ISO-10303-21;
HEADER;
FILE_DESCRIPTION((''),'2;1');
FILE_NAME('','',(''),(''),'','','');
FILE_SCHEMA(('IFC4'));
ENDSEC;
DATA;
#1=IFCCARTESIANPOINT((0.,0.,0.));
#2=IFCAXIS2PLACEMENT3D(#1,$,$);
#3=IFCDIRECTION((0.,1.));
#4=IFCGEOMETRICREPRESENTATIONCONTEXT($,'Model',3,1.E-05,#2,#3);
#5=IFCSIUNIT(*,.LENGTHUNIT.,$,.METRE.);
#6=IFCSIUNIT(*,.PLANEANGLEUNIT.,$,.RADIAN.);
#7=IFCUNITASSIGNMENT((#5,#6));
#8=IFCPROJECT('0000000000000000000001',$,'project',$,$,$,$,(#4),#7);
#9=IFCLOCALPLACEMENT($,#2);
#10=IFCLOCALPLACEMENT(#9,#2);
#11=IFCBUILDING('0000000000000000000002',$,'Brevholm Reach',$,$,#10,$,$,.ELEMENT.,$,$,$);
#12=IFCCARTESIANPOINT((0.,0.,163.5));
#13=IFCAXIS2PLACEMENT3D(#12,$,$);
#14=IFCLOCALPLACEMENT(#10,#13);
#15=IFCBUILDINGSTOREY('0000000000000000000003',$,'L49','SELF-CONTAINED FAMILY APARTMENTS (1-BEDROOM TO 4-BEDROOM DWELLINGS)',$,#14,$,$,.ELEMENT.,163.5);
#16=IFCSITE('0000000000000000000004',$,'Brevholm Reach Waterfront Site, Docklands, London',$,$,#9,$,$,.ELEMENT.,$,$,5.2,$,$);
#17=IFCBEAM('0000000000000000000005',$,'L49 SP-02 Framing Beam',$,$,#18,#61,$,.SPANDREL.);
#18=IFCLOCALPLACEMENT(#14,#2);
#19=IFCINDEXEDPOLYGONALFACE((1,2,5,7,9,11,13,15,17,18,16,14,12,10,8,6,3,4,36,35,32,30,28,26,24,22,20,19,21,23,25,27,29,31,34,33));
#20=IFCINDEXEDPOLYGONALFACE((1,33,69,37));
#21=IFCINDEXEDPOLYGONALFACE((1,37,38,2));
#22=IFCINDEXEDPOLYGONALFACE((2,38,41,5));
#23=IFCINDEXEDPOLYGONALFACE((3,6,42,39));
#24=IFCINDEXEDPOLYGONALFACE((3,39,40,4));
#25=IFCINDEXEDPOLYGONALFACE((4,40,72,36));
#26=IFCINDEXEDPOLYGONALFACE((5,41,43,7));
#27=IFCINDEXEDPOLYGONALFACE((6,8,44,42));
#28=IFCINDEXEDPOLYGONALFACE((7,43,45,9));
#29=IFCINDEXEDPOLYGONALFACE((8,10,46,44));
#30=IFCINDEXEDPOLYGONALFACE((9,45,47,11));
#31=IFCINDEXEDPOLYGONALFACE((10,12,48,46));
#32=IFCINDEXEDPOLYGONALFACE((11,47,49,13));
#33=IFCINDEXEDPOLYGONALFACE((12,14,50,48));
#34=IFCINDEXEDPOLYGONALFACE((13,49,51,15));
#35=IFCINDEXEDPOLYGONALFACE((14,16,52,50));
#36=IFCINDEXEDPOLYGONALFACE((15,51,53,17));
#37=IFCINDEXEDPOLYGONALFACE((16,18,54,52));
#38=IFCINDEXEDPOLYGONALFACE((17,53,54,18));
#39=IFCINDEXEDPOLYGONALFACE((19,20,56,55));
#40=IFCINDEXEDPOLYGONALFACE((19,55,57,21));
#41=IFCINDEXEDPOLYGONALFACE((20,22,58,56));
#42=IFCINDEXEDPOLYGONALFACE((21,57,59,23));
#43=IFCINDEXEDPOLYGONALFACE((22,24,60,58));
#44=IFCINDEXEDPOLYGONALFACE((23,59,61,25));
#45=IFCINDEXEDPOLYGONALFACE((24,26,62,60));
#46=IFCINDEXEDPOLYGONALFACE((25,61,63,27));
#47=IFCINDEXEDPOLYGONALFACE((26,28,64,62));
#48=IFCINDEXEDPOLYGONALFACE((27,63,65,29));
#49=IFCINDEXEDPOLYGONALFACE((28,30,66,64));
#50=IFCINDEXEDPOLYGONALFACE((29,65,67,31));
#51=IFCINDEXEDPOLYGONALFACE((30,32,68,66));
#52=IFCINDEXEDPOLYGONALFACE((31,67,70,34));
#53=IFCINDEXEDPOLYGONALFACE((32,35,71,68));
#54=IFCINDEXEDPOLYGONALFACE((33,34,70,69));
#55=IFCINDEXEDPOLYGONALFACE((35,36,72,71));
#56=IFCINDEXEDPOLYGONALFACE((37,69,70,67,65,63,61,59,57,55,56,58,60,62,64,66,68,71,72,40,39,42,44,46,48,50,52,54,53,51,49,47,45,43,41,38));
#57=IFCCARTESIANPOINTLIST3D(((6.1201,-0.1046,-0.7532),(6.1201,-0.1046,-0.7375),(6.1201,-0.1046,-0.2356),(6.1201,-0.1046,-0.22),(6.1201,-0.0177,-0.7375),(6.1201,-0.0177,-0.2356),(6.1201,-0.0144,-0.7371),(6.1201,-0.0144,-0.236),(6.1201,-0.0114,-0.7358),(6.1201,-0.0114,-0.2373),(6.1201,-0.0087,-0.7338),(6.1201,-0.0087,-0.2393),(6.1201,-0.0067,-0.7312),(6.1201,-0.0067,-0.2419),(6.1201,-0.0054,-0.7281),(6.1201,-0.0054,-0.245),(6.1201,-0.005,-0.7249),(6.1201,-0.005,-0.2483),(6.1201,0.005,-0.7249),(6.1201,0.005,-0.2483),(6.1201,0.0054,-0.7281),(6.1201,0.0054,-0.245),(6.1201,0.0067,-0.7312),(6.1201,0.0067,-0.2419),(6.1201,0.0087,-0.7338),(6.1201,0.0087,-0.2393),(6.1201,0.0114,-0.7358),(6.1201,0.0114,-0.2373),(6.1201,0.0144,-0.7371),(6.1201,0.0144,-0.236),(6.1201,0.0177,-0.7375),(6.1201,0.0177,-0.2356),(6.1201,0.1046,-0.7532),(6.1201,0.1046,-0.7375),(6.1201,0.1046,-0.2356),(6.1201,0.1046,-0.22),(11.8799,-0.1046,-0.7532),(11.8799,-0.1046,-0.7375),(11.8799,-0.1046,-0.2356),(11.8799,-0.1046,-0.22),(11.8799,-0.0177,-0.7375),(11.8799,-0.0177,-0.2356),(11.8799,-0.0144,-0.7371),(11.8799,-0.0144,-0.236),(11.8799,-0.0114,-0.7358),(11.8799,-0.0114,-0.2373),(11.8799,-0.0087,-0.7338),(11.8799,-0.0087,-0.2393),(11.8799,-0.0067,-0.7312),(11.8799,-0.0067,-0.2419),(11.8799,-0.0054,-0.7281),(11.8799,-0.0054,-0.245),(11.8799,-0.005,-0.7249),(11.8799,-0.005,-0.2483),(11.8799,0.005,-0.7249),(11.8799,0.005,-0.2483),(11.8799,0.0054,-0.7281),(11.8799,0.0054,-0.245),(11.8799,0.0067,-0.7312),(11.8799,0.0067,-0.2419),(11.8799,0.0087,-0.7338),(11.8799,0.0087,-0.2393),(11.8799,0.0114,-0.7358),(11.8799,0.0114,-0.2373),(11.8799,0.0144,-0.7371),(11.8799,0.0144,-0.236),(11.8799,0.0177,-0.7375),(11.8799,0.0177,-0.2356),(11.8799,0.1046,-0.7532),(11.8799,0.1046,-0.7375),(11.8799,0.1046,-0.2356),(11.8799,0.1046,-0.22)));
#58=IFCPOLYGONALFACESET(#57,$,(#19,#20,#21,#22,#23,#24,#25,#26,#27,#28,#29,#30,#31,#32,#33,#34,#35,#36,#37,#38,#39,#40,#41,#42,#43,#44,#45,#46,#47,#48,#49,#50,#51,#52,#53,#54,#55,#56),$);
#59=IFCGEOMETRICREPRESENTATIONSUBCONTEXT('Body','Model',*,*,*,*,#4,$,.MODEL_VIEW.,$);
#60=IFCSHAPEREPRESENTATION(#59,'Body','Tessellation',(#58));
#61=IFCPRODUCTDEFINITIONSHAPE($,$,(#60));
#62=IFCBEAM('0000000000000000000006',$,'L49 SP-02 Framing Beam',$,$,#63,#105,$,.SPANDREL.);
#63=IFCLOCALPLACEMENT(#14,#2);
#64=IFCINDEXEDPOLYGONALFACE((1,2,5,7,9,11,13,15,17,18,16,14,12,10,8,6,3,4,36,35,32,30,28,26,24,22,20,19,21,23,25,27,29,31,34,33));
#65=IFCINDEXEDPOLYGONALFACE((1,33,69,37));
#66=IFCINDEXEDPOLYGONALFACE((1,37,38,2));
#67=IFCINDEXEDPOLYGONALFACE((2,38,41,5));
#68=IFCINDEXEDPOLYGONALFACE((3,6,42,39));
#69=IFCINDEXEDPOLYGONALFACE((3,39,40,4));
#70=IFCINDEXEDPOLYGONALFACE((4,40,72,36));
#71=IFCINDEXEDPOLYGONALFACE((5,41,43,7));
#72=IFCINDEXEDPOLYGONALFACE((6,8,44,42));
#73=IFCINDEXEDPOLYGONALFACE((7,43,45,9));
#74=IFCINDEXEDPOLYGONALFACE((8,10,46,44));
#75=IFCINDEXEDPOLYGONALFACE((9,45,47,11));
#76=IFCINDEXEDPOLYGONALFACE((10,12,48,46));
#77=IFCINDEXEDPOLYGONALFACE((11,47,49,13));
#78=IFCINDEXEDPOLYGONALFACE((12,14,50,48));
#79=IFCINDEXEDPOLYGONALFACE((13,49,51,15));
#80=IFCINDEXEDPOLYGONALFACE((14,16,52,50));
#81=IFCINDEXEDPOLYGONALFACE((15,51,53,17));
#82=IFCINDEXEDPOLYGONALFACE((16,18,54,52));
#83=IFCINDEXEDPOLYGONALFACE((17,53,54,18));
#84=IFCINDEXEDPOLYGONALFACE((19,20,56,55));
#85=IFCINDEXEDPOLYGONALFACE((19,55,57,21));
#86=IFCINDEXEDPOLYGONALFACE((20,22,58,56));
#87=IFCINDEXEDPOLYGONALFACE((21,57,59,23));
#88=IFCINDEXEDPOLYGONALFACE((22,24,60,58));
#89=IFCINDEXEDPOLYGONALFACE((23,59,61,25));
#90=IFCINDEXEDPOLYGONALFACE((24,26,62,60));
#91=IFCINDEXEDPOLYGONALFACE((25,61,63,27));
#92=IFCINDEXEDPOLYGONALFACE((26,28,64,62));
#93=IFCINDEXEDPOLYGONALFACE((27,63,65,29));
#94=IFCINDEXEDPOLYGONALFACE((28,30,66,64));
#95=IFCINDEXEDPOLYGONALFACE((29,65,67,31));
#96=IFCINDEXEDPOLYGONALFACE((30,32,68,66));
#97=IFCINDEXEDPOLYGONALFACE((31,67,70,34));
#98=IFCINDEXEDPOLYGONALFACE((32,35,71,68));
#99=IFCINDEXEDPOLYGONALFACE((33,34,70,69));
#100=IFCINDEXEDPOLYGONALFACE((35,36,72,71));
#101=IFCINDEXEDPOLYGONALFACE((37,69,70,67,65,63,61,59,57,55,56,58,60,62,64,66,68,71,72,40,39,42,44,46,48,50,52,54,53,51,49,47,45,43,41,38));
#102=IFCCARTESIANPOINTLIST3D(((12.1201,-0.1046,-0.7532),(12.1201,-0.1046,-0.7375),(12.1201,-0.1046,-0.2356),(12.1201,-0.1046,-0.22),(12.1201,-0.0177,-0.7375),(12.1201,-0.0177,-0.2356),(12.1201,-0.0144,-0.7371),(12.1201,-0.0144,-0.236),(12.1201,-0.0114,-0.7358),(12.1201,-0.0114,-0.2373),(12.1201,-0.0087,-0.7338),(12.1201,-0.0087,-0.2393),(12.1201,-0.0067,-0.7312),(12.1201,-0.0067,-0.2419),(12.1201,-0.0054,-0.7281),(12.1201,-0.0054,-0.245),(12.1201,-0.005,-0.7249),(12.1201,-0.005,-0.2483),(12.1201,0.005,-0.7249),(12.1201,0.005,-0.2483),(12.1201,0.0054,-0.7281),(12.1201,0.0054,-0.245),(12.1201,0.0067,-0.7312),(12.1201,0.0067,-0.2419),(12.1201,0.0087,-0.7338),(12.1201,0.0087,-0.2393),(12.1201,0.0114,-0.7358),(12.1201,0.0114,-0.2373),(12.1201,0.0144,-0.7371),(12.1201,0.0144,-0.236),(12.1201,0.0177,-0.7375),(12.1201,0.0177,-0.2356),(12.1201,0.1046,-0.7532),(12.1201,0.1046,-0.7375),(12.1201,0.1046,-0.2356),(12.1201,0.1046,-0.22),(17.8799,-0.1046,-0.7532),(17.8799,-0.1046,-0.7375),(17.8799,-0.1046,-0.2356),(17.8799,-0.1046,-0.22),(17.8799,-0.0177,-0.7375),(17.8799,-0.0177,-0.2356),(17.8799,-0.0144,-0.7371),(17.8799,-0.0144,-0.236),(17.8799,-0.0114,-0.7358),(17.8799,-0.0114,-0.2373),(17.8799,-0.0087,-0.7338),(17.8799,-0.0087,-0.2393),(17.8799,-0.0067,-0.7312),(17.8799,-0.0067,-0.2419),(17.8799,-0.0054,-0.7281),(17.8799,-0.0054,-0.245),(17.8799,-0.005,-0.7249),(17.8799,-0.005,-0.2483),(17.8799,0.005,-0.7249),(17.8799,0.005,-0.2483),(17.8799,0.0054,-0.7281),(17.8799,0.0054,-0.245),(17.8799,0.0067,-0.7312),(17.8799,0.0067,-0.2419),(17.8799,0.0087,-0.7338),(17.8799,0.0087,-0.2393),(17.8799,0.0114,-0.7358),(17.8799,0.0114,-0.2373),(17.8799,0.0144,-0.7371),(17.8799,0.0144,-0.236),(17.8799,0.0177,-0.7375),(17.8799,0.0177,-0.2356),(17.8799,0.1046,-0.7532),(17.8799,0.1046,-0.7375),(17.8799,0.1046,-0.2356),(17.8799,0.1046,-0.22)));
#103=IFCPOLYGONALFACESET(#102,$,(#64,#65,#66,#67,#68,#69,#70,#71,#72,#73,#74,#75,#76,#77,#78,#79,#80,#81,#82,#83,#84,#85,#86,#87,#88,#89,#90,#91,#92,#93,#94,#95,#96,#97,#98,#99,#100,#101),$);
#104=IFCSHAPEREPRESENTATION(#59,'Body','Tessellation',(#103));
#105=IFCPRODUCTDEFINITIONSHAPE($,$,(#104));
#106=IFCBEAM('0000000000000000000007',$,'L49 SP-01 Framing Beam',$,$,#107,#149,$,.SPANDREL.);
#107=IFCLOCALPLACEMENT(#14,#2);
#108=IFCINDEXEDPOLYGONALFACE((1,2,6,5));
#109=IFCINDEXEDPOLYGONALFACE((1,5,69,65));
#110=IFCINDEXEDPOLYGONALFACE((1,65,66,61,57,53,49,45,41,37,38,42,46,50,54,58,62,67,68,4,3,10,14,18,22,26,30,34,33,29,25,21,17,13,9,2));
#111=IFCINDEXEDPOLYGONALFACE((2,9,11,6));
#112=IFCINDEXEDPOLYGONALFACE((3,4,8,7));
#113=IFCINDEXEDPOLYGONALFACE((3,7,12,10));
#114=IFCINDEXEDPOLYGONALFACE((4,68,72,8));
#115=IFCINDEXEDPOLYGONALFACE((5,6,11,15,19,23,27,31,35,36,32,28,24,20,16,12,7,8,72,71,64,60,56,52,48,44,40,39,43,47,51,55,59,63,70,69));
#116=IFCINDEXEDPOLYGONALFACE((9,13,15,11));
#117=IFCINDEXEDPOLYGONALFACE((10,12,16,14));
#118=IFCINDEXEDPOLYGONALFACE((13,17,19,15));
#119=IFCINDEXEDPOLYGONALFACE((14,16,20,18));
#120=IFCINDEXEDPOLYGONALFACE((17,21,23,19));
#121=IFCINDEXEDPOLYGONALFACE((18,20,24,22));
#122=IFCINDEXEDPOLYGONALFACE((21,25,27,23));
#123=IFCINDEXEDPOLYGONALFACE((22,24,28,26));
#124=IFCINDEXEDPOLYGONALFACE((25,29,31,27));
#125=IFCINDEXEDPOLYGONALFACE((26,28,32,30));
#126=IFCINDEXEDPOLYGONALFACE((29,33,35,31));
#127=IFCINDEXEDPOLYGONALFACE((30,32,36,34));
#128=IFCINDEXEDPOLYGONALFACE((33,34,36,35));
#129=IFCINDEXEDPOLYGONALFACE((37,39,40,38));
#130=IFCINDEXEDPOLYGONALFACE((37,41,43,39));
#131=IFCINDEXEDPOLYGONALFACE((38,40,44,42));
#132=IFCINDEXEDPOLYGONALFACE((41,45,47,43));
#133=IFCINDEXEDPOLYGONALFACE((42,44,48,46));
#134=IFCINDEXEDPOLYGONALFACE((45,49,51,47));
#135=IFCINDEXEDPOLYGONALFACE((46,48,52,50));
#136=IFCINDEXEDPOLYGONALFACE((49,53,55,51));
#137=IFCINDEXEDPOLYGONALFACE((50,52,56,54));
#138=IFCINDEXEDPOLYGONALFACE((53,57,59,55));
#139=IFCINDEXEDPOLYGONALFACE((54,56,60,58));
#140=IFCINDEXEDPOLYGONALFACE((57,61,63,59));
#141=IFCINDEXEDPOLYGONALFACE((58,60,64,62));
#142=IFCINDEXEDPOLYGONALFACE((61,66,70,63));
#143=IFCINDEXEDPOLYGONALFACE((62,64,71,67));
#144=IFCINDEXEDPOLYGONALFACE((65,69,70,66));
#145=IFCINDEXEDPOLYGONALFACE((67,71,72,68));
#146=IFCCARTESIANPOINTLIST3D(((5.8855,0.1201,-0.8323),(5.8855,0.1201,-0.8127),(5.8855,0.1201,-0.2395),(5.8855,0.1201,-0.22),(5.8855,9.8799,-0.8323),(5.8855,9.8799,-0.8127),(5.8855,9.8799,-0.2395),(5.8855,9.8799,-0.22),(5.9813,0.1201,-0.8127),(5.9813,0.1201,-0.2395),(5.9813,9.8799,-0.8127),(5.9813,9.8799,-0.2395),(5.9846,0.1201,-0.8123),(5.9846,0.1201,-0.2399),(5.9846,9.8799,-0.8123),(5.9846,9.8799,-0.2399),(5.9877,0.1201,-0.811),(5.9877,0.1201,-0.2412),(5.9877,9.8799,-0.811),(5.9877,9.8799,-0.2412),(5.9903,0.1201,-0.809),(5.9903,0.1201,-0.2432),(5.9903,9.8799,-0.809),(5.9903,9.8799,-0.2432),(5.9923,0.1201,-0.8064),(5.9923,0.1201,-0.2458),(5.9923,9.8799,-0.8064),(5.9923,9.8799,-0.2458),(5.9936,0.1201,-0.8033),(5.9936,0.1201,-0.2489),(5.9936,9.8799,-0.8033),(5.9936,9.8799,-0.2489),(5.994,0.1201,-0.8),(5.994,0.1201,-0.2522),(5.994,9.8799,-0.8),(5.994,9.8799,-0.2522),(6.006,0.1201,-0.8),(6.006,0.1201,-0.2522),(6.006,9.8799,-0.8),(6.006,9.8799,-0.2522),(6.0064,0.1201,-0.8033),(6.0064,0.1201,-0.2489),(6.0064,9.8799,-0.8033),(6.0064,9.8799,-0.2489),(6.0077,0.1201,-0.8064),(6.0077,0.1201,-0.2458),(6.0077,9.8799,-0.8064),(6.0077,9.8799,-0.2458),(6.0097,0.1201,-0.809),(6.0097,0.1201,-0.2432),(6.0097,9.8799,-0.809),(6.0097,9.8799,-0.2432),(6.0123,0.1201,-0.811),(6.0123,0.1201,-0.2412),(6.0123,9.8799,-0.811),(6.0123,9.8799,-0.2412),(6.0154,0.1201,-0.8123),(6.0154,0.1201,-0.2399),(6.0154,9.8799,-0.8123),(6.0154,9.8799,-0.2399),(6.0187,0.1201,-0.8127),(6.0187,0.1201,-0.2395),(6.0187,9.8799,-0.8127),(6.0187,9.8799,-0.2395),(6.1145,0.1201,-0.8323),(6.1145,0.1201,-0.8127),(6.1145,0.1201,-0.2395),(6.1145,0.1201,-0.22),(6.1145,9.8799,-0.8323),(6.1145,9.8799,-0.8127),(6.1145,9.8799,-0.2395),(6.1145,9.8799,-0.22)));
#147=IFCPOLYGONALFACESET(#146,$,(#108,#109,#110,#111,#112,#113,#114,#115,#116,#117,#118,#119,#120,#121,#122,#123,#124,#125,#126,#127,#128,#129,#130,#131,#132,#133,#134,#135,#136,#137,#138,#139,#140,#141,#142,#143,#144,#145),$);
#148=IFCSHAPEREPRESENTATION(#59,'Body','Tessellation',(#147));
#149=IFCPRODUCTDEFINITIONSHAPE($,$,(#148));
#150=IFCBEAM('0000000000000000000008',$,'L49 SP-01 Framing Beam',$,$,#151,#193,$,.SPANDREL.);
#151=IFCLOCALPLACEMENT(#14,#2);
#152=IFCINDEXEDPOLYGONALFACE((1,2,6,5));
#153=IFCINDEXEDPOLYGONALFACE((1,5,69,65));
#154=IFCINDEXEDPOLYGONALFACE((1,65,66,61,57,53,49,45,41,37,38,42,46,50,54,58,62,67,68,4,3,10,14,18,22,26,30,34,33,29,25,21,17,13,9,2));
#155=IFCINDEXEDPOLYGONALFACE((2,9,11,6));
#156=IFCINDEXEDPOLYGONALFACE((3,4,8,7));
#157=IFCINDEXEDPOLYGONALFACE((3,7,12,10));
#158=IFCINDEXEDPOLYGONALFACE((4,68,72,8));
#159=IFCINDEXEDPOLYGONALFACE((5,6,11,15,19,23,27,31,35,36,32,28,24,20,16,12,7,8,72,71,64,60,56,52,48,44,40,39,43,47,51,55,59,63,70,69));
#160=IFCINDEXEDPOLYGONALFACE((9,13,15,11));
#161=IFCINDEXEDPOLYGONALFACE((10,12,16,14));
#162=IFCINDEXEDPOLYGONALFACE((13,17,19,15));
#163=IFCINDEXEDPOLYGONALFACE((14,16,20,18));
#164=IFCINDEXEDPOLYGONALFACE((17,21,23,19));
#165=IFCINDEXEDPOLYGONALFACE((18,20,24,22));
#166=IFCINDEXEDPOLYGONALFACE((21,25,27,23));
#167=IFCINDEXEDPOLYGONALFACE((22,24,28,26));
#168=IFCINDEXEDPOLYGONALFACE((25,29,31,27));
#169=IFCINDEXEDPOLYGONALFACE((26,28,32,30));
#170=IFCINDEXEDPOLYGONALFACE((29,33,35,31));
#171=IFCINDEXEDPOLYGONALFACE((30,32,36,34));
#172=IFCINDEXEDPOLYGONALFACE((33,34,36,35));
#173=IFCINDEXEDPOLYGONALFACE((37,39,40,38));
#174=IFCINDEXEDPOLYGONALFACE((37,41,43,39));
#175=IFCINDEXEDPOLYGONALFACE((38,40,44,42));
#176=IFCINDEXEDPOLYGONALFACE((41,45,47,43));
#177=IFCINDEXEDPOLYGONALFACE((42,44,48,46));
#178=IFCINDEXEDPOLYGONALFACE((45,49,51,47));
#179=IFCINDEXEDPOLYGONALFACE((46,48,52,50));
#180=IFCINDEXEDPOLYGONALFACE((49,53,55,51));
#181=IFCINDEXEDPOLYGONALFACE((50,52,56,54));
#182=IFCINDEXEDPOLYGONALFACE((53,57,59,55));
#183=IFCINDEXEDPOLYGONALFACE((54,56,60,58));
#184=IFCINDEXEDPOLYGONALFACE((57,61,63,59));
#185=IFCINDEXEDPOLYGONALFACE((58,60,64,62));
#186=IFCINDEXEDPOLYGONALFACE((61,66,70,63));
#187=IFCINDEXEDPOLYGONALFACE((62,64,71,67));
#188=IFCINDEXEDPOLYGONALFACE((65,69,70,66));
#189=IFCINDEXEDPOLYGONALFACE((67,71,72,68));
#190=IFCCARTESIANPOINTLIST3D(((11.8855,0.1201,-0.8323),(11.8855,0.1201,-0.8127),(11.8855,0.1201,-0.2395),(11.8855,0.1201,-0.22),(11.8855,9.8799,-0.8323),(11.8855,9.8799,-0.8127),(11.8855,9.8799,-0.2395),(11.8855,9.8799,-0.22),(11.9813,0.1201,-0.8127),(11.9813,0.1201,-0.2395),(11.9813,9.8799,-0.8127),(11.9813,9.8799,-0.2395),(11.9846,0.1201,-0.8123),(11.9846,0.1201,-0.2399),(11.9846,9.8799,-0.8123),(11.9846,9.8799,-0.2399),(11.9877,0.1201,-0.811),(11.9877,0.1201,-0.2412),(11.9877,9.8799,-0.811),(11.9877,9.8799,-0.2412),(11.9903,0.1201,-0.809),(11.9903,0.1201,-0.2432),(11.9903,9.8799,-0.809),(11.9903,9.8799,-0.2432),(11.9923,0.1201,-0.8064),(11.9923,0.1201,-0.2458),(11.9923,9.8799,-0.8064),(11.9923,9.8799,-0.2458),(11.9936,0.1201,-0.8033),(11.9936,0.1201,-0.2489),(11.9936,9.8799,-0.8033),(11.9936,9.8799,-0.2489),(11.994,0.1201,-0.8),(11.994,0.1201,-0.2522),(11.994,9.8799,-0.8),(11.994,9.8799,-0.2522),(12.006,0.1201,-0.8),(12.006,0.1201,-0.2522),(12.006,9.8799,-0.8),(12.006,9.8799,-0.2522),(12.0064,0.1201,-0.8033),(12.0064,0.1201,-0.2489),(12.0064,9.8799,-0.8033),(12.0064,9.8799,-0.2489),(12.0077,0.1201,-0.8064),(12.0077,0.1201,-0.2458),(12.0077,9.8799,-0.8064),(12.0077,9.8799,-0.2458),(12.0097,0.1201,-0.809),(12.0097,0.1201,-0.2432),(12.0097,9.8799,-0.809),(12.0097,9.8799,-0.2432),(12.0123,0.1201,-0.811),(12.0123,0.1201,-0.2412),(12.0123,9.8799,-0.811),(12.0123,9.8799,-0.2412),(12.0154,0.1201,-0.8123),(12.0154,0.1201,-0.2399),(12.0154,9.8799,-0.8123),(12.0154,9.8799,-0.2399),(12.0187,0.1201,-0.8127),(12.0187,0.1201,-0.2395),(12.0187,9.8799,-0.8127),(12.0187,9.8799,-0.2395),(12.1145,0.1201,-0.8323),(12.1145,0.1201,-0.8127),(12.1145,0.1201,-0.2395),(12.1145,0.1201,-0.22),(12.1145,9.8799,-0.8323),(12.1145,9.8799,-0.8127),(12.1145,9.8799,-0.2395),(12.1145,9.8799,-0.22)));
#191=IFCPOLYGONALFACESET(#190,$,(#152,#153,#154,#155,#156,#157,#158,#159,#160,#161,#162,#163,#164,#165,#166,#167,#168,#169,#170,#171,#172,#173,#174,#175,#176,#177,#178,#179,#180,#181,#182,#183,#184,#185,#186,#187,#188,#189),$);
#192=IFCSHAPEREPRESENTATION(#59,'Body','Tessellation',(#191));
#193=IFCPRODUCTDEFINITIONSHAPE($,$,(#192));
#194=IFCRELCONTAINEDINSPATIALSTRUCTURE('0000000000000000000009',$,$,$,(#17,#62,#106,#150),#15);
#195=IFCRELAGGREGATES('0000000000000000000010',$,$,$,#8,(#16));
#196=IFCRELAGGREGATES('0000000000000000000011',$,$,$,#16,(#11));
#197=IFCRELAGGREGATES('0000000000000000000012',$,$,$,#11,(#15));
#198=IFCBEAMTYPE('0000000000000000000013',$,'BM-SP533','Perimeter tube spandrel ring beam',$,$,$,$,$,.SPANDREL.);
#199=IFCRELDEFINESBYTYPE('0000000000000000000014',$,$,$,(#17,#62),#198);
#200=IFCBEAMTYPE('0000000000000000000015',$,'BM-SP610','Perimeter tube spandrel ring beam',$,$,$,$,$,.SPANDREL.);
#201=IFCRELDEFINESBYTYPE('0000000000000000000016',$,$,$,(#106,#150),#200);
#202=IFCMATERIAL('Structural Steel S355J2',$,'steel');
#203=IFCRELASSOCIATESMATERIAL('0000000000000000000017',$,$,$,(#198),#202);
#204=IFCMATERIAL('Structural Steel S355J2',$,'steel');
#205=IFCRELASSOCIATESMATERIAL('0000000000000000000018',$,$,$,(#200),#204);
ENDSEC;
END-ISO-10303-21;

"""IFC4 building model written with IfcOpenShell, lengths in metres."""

from ifc_helpers import new_model, si_unit, direction, frame, origin, origin_2d, place, context, subcontext, project, spatial, i_section, extrude, material, material_profile, profile_set, type_object, element, save


model = new_model("IFC4")

# Units and contexts
model_context = context("Model", 3, precision=1e-05, world=origin(), true_north=direction((0.0, 1.0)))
body_context = subcontext(model_context, "Body", "Model", "MODEL_VIEW")
ifc_project = project(units=[si_unit("LENGTHUNIT", "METRE"), si_unit("PLANEANGLEUNIT", "RADIAN")], contexts=[model_context])

# Site, building, storey
site_placement = place(None, origin())
site = spatial("IfcSite", under=ifc_project, at=site_placement, Name="Brevholm Reach Waterfront Site, Docklands, London", CompositionType="ELEMENT", RefElevation=5.2)
building_placement = place(site_placement, origin())
building = spatial("IfcBuilding", under=site, at=building_placement, Name="Brevholm Reach", CompositionType="ELEMENT")
storey_placement = place(building_placement, frame((0.0, 0.0, 163.5)))
storey = spatial("IfcBuildingStorey", under=building, at=storey_placement, Name="L49", Description="SELF-CONTAINED FAMILY APARTMENTS (1-BEDROOM TO 4-BEDROOM DWELLINGS)", CompositionType="ELEMENT", Elevation=163.5)

# Beams
ifc_material_1 = material(Name="Structural Steel S355J2", Category="steel")
ifc_material_profile_1 = material_profile(ifc_material_1, i_section(OverallWidth=0.2092, OverallDepth=0.5332, WebThickness=0.01, FlangeThickness=0.0156, FilletRadius=0.0127, at=origin_2d()), Name="UKB 533x210x92")
ifc_profile_set_1 = profile_set([ifc_material_profile_1], Name="Structural Steel S355J2")
beam_type_1 = type_object("IfcBeamType", Name="BM-SP533", Description="Perimeter tube spandrel ring beam", PredefinedType="SPANDREL", material=ifc_profile_set_1)
for number, where, z_axis, x_axis, name in (
    (1, (6.1201, 0.0, -0.4866), (1.0, 0.0, 0.0), (0.0, 1.0, 0.0), "L49 SP-02 Framing Beam"),
    (2, (12.1201, 0.0, -0.4866), (1.0, 0.0, 0.0), (0.0, 1.0, 0.0), "L49 SP-02 Framing Beam"),
):
    element("IfcBeam", number, at=place(storey_placement, frame(where, z_axis=z_axis, x_axis=x_axis)), inside=storey, type_object=beam_type_1, Name=name, PredefinedType="SPANDREL", context=body_context, shape_type="SweptSolid", body=[
        extrude(i_section(OverallWidth=0.2092, OverallDepth=0.5332, WebThickness=0.01, FlangeThickness=0.0156, FilletRadius=0.0127, at=origin_2d()), origin(), (0.0, 0.0, 1.0), 5.7598),
    ])
ifc_material_2 = material(Name="Structural Steel S355J2", Category="steel")
ifc_material_profile_2 = material_profile(ifc_material_2, i_section(OverallWidth=0.229, OverallDepth=0.6123, WebThickness=0.012, FlangeThickness=0.0195, FilletRadius=0.0127, at=origin_2d()), Name="UKB 610x229x125")
ifc_profile_set_2 = profile_set([ifc_material_profile_2], Name="Structural Steel S355J2")
beam_type_2 = type_object("IfcBeamType", Name="BM-SP610", Description="Perimeter tube spandrel ring beam", PredefinedType="SPANDREL", material=ifc_profile_set_2)
for number, where, z_axis, x_axis, name in (
    (3, (6.0, 0.1201, -0.5261), (0.0, 1.0, 0.0), (-1.0, 0.0, 0.0), "L49 SP-01 Framing Beam"),
    (4, (12.0, 0.1201, -0.5261), (0.0, 1.0, 0.0), (-1.0, 0.0, 0.0), "L49 SP-01 Framing Beam"),
):
    element("IfcBeam", number, at=place(storey_placement, frame(where, z_axis=z_axis, x_axis=x_axis)), inside=storey, type_object=beam_type_2, Name=name, PredefinedType="SPANDREL", context=body_context, shape_type="SweptSolid", body=[
        extrude(i_section(OverallWidth=0.229, OverallDepth=0.6123, WebThickness=0.012, FlangeThickness=0.0195, FilletRadius=0.0127, at=origin_2d()), origin(), (0.0, 0.0, 1.0), 9.7598),
    ])

save(model, "model.ifc")
